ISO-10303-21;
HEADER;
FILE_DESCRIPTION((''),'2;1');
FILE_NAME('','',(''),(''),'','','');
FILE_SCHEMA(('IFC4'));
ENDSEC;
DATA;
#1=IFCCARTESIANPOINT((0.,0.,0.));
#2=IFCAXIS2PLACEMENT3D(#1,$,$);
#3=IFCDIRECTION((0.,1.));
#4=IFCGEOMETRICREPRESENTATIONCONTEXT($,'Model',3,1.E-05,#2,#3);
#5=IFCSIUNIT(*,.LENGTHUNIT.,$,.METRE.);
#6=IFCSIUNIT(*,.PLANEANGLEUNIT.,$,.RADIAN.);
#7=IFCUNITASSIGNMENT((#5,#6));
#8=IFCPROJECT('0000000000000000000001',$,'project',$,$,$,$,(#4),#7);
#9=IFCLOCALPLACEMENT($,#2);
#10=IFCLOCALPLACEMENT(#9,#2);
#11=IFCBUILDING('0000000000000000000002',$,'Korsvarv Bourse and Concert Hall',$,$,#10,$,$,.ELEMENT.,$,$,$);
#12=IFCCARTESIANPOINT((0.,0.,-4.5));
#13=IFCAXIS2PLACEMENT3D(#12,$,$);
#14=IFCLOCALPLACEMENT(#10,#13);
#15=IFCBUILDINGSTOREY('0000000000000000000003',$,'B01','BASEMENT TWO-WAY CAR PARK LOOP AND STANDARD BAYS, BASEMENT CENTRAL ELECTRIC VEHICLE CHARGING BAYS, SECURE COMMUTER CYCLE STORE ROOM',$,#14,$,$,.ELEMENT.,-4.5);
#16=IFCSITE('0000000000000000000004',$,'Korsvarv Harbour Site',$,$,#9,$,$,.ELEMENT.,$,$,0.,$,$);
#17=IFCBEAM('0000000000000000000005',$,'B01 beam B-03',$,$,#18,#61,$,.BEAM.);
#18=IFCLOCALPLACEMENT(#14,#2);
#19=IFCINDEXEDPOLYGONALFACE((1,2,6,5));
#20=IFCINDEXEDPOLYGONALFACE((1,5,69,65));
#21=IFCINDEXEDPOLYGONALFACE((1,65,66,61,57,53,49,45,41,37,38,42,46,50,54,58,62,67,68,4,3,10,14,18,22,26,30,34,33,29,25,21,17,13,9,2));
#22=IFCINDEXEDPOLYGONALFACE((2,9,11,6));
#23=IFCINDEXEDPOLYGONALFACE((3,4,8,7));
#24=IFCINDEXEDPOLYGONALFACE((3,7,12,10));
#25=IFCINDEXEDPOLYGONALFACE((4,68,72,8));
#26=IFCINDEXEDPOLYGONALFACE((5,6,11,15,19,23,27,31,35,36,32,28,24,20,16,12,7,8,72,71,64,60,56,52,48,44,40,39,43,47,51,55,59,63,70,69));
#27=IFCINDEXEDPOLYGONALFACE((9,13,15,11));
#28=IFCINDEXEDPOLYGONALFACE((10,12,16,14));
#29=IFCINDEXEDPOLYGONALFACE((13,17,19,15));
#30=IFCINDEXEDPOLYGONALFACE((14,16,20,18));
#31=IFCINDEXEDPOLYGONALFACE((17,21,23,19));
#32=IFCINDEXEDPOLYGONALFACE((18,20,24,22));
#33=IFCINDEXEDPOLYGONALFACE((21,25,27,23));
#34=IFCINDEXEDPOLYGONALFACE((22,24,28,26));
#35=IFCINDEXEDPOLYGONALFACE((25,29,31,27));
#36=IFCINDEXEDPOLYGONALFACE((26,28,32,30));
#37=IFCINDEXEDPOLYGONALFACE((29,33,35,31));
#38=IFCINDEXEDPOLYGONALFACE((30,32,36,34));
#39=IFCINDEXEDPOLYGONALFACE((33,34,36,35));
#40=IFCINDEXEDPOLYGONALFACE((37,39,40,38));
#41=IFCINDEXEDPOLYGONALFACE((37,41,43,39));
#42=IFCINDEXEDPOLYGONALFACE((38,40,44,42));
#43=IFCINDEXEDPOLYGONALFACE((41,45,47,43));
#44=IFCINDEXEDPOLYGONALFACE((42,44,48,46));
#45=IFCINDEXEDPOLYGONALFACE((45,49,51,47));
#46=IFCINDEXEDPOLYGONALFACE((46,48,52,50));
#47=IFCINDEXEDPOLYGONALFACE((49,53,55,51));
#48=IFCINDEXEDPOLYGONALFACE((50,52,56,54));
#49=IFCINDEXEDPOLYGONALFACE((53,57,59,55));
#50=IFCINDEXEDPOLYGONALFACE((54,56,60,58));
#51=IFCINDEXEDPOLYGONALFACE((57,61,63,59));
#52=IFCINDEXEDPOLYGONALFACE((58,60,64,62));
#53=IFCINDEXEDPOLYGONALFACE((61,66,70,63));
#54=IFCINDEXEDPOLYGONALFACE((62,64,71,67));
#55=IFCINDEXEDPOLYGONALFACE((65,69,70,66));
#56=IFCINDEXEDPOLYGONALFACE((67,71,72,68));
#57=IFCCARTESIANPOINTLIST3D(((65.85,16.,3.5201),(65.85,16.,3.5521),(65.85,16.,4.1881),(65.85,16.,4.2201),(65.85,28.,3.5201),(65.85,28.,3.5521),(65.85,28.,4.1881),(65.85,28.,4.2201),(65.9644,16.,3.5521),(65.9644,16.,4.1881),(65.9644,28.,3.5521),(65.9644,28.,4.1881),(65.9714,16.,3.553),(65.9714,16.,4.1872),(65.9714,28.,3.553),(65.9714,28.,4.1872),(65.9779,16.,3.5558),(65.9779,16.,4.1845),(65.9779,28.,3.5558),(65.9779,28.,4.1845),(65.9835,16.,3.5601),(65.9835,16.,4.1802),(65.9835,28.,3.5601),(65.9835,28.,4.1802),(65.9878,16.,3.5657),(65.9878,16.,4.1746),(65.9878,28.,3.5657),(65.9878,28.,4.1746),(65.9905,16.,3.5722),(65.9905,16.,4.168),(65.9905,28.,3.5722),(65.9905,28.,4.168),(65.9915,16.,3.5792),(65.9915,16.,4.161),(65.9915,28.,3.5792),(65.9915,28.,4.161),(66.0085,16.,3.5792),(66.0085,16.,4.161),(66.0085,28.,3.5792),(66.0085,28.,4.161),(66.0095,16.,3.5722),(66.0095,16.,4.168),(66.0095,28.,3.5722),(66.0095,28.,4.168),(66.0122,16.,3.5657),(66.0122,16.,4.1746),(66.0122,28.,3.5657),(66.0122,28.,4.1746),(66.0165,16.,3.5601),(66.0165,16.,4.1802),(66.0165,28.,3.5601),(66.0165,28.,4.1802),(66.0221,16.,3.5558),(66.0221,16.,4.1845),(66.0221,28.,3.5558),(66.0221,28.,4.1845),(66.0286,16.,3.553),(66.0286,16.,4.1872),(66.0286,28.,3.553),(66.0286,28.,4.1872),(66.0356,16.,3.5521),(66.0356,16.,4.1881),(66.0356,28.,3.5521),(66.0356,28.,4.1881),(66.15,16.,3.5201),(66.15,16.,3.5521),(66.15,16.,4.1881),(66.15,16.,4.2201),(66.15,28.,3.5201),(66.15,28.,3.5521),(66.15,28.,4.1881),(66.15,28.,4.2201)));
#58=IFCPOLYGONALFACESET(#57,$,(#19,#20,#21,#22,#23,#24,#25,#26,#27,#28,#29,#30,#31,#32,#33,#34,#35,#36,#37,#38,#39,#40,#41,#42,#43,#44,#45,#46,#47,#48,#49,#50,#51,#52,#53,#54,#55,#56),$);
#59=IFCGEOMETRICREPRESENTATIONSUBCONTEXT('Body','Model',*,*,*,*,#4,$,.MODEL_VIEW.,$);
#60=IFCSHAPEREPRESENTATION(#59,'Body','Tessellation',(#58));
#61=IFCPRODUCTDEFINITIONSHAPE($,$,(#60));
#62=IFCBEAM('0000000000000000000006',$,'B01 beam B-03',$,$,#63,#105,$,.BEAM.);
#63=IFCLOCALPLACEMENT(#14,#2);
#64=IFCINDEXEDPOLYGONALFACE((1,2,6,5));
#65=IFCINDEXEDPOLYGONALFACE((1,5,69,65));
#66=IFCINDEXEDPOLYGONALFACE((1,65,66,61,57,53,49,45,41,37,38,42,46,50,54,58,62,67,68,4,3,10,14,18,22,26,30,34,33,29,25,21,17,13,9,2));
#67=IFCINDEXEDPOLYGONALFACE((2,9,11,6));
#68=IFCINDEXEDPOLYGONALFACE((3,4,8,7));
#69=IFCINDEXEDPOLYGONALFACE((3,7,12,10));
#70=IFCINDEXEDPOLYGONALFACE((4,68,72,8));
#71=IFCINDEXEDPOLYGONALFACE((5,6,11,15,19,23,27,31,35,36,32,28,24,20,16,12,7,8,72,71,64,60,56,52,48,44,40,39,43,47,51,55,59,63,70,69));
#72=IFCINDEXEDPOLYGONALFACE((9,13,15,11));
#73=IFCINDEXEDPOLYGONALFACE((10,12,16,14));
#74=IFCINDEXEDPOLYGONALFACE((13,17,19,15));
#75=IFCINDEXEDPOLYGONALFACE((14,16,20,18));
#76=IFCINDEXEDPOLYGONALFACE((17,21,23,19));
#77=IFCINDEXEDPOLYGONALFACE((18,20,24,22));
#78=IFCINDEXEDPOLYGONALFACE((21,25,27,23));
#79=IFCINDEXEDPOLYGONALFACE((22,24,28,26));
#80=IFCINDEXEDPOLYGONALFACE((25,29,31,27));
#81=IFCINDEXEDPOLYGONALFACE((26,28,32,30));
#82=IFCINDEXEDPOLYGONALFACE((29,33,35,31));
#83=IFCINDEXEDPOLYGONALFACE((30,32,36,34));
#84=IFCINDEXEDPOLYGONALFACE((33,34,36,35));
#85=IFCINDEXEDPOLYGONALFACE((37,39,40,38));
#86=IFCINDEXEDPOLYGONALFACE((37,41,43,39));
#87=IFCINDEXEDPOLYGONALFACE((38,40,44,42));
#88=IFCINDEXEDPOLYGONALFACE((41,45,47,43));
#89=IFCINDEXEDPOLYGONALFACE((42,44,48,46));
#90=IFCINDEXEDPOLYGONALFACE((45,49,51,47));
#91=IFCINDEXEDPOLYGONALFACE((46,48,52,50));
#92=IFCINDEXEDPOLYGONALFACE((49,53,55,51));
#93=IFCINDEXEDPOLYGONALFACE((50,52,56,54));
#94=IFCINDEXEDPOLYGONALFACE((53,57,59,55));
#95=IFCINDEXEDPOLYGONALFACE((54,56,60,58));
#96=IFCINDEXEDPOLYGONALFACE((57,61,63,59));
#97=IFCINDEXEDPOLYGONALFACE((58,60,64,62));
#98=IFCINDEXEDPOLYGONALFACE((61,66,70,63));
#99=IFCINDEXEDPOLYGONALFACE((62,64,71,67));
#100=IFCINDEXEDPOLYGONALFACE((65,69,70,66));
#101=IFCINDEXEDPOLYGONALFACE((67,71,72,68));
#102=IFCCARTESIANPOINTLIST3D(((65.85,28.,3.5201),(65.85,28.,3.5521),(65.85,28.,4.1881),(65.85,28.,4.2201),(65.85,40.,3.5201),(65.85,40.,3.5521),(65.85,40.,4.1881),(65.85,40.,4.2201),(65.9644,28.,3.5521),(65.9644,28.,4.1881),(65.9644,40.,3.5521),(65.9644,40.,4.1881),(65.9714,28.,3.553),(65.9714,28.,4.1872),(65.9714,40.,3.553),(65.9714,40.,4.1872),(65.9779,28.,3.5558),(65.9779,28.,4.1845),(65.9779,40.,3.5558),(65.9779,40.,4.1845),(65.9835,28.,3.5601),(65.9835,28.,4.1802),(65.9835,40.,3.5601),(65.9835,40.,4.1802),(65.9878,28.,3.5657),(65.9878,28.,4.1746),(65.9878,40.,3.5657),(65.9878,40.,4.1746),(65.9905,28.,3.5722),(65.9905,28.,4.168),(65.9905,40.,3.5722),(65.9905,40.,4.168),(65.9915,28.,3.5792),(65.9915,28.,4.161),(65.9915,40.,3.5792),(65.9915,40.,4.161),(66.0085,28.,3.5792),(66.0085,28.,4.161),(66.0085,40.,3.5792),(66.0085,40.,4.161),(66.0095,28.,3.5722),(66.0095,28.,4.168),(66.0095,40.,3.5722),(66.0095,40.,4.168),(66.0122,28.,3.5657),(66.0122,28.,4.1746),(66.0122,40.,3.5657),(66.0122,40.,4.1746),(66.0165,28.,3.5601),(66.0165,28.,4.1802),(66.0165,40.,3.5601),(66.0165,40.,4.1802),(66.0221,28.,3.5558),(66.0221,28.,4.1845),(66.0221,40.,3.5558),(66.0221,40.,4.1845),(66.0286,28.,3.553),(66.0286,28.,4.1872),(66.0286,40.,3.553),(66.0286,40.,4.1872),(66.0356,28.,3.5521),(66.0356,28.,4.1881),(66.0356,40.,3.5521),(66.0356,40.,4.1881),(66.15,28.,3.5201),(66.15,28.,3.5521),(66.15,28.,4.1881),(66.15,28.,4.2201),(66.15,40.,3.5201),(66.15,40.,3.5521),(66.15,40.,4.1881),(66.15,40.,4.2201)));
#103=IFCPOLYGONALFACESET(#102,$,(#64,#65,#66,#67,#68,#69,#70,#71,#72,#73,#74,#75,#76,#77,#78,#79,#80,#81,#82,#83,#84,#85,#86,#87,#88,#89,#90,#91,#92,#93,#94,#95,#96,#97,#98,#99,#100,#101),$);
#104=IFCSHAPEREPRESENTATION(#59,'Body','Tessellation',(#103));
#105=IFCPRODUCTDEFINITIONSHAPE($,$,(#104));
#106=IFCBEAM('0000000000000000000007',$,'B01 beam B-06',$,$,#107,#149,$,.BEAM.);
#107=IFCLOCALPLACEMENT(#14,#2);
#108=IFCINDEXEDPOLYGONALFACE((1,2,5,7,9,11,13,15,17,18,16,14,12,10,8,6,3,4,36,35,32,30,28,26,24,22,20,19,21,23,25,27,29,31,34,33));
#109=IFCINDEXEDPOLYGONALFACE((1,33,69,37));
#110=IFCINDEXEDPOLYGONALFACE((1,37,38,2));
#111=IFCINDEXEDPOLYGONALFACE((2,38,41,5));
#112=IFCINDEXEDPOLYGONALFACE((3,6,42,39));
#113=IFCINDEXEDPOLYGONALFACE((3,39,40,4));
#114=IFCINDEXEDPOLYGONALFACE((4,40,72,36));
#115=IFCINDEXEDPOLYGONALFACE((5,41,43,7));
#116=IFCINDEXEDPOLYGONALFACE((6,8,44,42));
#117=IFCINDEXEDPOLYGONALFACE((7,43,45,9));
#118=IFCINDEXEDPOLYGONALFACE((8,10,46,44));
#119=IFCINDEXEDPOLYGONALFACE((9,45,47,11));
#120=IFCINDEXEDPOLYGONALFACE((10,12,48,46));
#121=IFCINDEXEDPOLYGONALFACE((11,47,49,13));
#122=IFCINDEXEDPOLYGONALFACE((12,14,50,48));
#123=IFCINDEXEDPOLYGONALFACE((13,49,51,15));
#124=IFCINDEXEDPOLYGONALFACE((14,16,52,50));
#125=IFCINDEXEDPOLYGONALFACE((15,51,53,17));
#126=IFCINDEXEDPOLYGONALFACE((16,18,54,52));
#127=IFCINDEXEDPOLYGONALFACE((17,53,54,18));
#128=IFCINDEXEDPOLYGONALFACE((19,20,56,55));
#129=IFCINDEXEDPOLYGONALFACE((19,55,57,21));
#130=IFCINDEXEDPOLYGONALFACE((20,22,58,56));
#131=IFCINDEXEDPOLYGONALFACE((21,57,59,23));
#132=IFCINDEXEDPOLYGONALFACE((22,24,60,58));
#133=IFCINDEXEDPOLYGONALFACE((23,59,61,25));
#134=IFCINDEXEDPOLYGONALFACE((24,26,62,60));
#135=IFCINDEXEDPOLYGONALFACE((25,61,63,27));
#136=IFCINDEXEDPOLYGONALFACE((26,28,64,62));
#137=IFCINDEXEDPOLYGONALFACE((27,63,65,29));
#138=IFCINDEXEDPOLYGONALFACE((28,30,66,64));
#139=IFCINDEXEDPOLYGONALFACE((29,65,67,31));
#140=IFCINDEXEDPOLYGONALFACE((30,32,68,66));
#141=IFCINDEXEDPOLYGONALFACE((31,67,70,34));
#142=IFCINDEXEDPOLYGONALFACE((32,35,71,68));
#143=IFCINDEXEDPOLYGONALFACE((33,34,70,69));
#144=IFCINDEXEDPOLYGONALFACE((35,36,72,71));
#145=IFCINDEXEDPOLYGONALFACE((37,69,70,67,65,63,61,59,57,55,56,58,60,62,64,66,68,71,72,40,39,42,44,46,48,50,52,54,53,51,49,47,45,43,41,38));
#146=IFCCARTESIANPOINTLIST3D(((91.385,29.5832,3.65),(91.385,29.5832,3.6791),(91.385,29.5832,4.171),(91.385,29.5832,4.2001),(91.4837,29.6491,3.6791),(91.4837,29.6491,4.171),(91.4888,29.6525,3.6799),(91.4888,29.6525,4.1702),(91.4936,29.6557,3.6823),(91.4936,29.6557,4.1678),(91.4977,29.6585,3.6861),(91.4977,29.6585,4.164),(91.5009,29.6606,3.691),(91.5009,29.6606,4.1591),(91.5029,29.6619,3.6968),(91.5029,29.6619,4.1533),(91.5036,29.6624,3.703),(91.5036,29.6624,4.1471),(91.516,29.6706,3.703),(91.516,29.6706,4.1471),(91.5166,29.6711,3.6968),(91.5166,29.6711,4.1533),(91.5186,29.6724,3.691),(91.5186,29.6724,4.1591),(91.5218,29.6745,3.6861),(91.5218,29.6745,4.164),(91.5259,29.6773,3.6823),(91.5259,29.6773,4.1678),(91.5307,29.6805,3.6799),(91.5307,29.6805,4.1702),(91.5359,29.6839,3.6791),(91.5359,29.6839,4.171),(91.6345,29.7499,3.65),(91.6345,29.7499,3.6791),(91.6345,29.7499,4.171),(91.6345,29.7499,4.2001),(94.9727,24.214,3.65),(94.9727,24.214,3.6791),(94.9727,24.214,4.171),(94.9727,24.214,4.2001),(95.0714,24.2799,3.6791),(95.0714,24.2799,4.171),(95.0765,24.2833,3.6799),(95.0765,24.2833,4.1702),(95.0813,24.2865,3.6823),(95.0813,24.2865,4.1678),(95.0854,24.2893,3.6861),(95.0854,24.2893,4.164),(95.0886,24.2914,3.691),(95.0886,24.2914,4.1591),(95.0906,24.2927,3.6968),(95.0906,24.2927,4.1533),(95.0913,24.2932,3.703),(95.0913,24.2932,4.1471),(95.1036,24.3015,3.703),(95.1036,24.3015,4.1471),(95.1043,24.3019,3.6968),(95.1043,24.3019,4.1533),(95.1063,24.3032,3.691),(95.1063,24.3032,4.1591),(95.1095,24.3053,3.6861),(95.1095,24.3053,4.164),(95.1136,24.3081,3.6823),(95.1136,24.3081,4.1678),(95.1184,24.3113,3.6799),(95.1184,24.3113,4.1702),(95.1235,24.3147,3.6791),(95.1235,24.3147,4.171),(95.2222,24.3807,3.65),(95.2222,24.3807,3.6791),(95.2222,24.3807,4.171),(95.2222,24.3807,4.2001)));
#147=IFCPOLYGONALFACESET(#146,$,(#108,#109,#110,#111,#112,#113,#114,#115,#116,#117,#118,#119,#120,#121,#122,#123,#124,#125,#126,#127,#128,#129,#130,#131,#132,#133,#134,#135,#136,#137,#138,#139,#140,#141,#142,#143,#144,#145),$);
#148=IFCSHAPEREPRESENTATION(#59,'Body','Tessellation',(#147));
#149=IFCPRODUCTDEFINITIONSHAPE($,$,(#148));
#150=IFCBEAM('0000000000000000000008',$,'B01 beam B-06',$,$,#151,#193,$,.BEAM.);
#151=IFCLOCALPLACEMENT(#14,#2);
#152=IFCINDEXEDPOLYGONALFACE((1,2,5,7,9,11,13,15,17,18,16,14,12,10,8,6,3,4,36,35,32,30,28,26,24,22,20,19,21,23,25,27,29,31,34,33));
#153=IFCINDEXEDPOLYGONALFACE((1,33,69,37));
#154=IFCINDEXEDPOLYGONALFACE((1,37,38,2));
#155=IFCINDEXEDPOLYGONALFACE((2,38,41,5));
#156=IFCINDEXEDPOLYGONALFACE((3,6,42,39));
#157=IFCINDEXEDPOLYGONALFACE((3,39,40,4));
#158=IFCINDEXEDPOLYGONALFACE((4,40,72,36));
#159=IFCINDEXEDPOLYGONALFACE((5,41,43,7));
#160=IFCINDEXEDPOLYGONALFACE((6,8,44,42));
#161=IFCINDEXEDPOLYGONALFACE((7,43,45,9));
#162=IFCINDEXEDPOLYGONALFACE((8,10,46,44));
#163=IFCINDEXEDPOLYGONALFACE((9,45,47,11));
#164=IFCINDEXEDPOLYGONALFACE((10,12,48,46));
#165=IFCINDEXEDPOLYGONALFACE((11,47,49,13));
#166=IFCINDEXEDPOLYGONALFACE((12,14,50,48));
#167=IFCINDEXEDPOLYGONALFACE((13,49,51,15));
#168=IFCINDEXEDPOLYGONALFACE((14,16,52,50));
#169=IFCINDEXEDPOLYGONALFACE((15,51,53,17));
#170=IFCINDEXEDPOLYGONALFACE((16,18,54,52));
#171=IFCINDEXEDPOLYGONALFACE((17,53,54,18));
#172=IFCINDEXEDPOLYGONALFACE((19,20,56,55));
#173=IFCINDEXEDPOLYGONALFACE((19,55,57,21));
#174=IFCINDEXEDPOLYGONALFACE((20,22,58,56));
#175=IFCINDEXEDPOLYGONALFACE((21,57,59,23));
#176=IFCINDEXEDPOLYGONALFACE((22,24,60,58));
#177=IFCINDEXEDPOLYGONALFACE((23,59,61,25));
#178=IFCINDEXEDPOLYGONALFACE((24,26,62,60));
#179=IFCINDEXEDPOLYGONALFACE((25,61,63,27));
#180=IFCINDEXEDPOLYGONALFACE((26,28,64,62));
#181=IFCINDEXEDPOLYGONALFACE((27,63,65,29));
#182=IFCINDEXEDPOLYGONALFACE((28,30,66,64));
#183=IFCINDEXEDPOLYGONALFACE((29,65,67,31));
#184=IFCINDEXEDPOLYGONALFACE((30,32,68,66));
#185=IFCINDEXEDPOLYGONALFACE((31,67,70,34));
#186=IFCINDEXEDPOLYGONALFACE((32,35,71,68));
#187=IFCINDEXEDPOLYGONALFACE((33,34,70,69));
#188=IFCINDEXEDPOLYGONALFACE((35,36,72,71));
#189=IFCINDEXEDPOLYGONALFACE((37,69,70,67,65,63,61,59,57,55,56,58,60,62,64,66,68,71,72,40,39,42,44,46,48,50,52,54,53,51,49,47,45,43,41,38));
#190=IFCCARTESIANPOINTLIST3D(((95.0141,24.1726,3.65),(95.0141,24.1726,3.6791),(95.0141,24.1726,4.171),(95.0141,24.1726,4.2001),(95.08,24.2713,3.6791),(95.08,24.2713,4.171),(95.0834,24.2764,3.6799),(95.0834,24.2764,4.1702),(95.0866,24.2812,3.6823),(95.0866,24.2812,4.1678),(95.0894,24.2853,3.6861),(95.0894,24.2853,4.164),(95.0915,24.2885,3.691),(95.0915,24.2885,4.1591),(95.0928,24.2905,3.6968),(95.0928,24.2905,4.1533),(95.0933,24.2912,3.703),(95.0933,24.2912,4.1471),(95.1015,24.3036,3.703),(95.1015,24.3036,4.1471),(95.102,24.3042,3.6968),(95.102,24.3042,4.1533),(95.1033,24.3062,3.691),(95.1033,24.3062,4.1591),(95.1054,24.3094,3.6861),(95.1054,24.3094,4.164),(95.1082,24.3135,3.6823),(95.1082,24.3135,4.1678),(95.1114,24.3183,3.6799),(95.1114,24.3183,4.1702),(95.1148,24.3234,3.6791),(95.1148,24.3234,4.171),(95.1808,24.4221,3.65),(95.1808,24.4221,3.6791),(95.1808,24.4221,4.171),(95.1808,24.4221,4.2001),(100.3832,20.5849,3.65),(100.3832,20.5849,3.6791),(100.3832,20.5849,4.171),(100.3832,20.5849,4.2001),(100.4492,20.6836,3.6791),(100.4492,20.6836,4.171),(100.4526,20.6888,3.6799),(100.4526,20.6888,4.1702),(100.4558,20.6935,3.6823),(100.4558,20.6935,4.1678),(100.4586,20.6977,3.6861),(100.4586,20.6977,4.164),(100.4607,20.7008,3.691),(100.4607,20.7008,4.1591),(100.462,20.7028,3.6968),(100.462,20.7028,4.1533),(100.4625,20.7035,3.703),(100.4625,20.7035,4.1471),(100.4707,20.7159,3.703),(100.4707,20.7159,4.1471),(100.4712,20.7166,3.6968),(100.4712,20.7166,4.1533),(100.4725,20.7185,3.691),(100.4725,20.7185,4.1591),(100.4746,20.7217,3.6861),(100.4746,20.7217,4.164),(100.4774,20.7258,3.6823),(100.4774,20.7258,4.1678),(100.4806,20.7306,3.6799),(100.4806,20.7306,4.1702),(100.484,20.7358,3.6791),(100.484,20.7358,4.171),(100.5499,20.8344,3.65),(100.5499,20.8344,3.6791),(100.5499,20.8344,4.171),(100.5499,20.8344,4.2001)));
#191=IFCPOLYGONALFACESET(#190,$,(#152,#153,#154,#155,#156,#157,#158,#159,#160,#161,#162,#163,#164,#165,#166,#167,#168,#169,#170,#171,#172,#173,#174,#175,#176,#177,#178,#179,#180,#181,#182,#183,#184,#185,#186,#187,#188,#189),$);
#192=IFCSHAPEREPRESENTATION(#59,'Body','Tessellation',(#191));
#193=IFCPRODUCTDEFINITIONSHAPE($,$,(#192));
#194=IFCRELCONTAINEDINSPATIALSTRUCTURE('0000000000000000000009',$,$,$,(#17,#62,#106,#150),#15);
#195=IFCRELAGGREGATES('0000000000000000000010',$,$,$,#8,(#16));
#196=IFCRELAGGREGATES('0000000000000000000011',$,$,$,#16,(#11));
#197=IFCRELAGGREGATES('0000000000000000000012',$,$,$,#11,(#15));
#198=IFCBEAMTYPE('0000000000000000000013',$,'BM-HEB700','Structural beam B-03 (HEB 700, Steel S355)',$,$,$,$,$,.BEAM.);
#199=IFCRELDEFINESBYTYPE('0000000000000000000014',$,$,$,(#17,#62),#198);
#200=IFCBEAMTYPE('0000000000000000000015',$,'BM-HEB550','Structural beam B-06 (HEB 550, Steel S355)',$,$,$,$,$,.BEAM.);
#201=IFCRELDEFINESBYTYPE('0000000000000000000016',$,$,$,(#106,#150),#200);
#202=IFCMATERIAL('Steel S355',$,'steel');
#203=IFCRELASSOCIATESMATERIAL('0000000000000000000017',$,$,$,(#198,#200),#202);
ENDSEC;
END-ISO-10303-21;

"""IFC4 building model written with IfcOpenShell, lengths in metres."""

from ifc_helpers import new_model, si_unit, direction, frame, origin, origin_2d, place, context, subcontext, project, spatial, i_section, extrude, source, transform, mapped, material, material_profile, profile_set, type_object, element, save


model = new_model("IFC4")

# Units and contexts
model_context = context("Model", 3, precision=1e-05, world=origin(), true_north=direction((0.0, 1.0)))
body_context = subcontext(model_context, "Body", "Model", "MODEL_VIEW")
ifc_project = project(units=[si_unit("LENGTHUNIT", "METRE"), si_unit("PLANEANGLEUNIT", "RADIAN")], contexts=[model_context])

# Site, building, storey
site_placement = place(None, origin())
site = spatial("IfcSite", under=ifc_project, at=site_placement, Name="Korsvarv Harbour Site", CompositionType="ELEMENT", RefElevation=0.0)
building_placement = place(site_placement, origin())
building = spatial("IfcBuilding", under=site, at=building_placement, Name="Korsvarv Bourse and Concert Hall", CompositionType="ELEMENT")
storey_placement = place(building_placement, frame((0.0, 0.0, -4.5)))
storey = spatial("IfcBuildingStorey", under=building, at=storey_placement, Name="B01", Description="BASEMENT TWO-WAY CAR PARK LOOP AND STANDARD BAYS, BASEMENT CENTRAL ELECTRIC VEHICLE CHARGING BAYS, SECURE COMMUTER CYCLE STORE ROOM", CompositionType="ELEMENT", Elevation=-4.5)

# Beams
ifc_material_1 = material(Name="Steel S355", Category="steel")
ifc_material_profile_1 = material_profile(ifc_material_1, i_section(OverallWidth=0.3, OverallDepth=0.7, WebThickness=0.0171, FlangeThickness=0.032, FilletRadius=0.0271, at=origin_2d()), Name="HEB 700")
ifc_profile_set_1 = profile_set([ifc_material_profile_1], Name="Steel S355")
beam_type_1 = type_object("IfcBeamType", Name="BM-HEB700", Description="Structural beam B-03 (HEB 700, Steel S355)", PredefinedType="BEAM", material=ifc_profile_set_1)
shared_shape_1 = source(origin(), body_context, "Body", "SweptSolid", [
    extrude(i_section(OverallWidth=0.3, OverallDepth=0.7, WebThickness=0.0171, FlangeThickness=0.032, FilletRadius=0.0271, at=origin_2d()), origin(), (0.0, 0.0, 1.0), 12.0),
])
for number, where, z_axis, x_axis, name in (
    (1, (66.0, 16.0, 3.8701), (0.0, 1.0, 0.0), (-1.0, 0.0, 0.0), "B01 beam B-03"),
    (2, (66.0, 28.0, 3.8701), (0.0, 1.0, 0.0), (-1.0, 0.0, 0.0), "B01 beam B-03"),
):
    element("IfcBeam", number, at=place(storey_placement, frame(where, z_axis=z_axis, x_axis=x_axis)), inside=storey, type_object=beam_type_1, Name=name, PredefinedType="BEAM", context=body_context, shape_type="MappedRepresentation", body=[
        mapped(shared_shape_1, transform((0.0, 0.0, 0.0), scale=1.0)),
    ])
ifc_material_profile_2 = material_profile(ifc_material_1, i_section(OverallWidth=0.3, OverallDepth=0.55, WebThickness=0.0149, FlangeThickness=0.0291, FilletRadius=0.0239, at=origin_2d()), Name="HEB 550")
ifc_profile_set_2 = profile_set([ifc_material_profile_2], Name="Steel S355")
beam_type_2 = type_object("IfcBeamType", Name="BM-HEB550", Description="Structural beam B-06 (HEB 550, Steel S355)", PredefinedType="BEAM", material=ifc_profile_set_2)
shared_shape_2 = source(origin(), body_context, "Body", "SweptSolid", [
    extrude(i_section(OverallWidth=0.3, OverallDepth=0.55, WebThickness=0.0149, FlangeThickness=0.0291, FilletRadius=0.0239, at=origin_2d()), origin(), (0.0, 0.0, 1.0), 6.4575),
])
for number, where, z_axis, x_axis, name in (
    (3, (91.5098, 29.6665, 3.925), (0.555581, -0.831462, 0.0), (0.831462, 0.555581, 0.0), "B01 beam B-06"),
    (4, (95.0974, 24.2974, 3.925), (0.831462, -0.555581, 0.0), (0.555581, 0.831462, 0.0), "B01 beam B-06"),
):
    element("IfcBeam", number, at=place(storey_placement, frame(where, z_axis=z_axis, x_axis=x_axis)), inside=storey, type_object=beam_type_2, Name=name, PredefinedType="BEAM", context=body_context, shape_type="MappedRepresentation", body=[
        mapped(shared_shape_2, transform((0.0, 0.0, 0.0), scale=1.0)),
    ])

save(model, "model.ifc")
